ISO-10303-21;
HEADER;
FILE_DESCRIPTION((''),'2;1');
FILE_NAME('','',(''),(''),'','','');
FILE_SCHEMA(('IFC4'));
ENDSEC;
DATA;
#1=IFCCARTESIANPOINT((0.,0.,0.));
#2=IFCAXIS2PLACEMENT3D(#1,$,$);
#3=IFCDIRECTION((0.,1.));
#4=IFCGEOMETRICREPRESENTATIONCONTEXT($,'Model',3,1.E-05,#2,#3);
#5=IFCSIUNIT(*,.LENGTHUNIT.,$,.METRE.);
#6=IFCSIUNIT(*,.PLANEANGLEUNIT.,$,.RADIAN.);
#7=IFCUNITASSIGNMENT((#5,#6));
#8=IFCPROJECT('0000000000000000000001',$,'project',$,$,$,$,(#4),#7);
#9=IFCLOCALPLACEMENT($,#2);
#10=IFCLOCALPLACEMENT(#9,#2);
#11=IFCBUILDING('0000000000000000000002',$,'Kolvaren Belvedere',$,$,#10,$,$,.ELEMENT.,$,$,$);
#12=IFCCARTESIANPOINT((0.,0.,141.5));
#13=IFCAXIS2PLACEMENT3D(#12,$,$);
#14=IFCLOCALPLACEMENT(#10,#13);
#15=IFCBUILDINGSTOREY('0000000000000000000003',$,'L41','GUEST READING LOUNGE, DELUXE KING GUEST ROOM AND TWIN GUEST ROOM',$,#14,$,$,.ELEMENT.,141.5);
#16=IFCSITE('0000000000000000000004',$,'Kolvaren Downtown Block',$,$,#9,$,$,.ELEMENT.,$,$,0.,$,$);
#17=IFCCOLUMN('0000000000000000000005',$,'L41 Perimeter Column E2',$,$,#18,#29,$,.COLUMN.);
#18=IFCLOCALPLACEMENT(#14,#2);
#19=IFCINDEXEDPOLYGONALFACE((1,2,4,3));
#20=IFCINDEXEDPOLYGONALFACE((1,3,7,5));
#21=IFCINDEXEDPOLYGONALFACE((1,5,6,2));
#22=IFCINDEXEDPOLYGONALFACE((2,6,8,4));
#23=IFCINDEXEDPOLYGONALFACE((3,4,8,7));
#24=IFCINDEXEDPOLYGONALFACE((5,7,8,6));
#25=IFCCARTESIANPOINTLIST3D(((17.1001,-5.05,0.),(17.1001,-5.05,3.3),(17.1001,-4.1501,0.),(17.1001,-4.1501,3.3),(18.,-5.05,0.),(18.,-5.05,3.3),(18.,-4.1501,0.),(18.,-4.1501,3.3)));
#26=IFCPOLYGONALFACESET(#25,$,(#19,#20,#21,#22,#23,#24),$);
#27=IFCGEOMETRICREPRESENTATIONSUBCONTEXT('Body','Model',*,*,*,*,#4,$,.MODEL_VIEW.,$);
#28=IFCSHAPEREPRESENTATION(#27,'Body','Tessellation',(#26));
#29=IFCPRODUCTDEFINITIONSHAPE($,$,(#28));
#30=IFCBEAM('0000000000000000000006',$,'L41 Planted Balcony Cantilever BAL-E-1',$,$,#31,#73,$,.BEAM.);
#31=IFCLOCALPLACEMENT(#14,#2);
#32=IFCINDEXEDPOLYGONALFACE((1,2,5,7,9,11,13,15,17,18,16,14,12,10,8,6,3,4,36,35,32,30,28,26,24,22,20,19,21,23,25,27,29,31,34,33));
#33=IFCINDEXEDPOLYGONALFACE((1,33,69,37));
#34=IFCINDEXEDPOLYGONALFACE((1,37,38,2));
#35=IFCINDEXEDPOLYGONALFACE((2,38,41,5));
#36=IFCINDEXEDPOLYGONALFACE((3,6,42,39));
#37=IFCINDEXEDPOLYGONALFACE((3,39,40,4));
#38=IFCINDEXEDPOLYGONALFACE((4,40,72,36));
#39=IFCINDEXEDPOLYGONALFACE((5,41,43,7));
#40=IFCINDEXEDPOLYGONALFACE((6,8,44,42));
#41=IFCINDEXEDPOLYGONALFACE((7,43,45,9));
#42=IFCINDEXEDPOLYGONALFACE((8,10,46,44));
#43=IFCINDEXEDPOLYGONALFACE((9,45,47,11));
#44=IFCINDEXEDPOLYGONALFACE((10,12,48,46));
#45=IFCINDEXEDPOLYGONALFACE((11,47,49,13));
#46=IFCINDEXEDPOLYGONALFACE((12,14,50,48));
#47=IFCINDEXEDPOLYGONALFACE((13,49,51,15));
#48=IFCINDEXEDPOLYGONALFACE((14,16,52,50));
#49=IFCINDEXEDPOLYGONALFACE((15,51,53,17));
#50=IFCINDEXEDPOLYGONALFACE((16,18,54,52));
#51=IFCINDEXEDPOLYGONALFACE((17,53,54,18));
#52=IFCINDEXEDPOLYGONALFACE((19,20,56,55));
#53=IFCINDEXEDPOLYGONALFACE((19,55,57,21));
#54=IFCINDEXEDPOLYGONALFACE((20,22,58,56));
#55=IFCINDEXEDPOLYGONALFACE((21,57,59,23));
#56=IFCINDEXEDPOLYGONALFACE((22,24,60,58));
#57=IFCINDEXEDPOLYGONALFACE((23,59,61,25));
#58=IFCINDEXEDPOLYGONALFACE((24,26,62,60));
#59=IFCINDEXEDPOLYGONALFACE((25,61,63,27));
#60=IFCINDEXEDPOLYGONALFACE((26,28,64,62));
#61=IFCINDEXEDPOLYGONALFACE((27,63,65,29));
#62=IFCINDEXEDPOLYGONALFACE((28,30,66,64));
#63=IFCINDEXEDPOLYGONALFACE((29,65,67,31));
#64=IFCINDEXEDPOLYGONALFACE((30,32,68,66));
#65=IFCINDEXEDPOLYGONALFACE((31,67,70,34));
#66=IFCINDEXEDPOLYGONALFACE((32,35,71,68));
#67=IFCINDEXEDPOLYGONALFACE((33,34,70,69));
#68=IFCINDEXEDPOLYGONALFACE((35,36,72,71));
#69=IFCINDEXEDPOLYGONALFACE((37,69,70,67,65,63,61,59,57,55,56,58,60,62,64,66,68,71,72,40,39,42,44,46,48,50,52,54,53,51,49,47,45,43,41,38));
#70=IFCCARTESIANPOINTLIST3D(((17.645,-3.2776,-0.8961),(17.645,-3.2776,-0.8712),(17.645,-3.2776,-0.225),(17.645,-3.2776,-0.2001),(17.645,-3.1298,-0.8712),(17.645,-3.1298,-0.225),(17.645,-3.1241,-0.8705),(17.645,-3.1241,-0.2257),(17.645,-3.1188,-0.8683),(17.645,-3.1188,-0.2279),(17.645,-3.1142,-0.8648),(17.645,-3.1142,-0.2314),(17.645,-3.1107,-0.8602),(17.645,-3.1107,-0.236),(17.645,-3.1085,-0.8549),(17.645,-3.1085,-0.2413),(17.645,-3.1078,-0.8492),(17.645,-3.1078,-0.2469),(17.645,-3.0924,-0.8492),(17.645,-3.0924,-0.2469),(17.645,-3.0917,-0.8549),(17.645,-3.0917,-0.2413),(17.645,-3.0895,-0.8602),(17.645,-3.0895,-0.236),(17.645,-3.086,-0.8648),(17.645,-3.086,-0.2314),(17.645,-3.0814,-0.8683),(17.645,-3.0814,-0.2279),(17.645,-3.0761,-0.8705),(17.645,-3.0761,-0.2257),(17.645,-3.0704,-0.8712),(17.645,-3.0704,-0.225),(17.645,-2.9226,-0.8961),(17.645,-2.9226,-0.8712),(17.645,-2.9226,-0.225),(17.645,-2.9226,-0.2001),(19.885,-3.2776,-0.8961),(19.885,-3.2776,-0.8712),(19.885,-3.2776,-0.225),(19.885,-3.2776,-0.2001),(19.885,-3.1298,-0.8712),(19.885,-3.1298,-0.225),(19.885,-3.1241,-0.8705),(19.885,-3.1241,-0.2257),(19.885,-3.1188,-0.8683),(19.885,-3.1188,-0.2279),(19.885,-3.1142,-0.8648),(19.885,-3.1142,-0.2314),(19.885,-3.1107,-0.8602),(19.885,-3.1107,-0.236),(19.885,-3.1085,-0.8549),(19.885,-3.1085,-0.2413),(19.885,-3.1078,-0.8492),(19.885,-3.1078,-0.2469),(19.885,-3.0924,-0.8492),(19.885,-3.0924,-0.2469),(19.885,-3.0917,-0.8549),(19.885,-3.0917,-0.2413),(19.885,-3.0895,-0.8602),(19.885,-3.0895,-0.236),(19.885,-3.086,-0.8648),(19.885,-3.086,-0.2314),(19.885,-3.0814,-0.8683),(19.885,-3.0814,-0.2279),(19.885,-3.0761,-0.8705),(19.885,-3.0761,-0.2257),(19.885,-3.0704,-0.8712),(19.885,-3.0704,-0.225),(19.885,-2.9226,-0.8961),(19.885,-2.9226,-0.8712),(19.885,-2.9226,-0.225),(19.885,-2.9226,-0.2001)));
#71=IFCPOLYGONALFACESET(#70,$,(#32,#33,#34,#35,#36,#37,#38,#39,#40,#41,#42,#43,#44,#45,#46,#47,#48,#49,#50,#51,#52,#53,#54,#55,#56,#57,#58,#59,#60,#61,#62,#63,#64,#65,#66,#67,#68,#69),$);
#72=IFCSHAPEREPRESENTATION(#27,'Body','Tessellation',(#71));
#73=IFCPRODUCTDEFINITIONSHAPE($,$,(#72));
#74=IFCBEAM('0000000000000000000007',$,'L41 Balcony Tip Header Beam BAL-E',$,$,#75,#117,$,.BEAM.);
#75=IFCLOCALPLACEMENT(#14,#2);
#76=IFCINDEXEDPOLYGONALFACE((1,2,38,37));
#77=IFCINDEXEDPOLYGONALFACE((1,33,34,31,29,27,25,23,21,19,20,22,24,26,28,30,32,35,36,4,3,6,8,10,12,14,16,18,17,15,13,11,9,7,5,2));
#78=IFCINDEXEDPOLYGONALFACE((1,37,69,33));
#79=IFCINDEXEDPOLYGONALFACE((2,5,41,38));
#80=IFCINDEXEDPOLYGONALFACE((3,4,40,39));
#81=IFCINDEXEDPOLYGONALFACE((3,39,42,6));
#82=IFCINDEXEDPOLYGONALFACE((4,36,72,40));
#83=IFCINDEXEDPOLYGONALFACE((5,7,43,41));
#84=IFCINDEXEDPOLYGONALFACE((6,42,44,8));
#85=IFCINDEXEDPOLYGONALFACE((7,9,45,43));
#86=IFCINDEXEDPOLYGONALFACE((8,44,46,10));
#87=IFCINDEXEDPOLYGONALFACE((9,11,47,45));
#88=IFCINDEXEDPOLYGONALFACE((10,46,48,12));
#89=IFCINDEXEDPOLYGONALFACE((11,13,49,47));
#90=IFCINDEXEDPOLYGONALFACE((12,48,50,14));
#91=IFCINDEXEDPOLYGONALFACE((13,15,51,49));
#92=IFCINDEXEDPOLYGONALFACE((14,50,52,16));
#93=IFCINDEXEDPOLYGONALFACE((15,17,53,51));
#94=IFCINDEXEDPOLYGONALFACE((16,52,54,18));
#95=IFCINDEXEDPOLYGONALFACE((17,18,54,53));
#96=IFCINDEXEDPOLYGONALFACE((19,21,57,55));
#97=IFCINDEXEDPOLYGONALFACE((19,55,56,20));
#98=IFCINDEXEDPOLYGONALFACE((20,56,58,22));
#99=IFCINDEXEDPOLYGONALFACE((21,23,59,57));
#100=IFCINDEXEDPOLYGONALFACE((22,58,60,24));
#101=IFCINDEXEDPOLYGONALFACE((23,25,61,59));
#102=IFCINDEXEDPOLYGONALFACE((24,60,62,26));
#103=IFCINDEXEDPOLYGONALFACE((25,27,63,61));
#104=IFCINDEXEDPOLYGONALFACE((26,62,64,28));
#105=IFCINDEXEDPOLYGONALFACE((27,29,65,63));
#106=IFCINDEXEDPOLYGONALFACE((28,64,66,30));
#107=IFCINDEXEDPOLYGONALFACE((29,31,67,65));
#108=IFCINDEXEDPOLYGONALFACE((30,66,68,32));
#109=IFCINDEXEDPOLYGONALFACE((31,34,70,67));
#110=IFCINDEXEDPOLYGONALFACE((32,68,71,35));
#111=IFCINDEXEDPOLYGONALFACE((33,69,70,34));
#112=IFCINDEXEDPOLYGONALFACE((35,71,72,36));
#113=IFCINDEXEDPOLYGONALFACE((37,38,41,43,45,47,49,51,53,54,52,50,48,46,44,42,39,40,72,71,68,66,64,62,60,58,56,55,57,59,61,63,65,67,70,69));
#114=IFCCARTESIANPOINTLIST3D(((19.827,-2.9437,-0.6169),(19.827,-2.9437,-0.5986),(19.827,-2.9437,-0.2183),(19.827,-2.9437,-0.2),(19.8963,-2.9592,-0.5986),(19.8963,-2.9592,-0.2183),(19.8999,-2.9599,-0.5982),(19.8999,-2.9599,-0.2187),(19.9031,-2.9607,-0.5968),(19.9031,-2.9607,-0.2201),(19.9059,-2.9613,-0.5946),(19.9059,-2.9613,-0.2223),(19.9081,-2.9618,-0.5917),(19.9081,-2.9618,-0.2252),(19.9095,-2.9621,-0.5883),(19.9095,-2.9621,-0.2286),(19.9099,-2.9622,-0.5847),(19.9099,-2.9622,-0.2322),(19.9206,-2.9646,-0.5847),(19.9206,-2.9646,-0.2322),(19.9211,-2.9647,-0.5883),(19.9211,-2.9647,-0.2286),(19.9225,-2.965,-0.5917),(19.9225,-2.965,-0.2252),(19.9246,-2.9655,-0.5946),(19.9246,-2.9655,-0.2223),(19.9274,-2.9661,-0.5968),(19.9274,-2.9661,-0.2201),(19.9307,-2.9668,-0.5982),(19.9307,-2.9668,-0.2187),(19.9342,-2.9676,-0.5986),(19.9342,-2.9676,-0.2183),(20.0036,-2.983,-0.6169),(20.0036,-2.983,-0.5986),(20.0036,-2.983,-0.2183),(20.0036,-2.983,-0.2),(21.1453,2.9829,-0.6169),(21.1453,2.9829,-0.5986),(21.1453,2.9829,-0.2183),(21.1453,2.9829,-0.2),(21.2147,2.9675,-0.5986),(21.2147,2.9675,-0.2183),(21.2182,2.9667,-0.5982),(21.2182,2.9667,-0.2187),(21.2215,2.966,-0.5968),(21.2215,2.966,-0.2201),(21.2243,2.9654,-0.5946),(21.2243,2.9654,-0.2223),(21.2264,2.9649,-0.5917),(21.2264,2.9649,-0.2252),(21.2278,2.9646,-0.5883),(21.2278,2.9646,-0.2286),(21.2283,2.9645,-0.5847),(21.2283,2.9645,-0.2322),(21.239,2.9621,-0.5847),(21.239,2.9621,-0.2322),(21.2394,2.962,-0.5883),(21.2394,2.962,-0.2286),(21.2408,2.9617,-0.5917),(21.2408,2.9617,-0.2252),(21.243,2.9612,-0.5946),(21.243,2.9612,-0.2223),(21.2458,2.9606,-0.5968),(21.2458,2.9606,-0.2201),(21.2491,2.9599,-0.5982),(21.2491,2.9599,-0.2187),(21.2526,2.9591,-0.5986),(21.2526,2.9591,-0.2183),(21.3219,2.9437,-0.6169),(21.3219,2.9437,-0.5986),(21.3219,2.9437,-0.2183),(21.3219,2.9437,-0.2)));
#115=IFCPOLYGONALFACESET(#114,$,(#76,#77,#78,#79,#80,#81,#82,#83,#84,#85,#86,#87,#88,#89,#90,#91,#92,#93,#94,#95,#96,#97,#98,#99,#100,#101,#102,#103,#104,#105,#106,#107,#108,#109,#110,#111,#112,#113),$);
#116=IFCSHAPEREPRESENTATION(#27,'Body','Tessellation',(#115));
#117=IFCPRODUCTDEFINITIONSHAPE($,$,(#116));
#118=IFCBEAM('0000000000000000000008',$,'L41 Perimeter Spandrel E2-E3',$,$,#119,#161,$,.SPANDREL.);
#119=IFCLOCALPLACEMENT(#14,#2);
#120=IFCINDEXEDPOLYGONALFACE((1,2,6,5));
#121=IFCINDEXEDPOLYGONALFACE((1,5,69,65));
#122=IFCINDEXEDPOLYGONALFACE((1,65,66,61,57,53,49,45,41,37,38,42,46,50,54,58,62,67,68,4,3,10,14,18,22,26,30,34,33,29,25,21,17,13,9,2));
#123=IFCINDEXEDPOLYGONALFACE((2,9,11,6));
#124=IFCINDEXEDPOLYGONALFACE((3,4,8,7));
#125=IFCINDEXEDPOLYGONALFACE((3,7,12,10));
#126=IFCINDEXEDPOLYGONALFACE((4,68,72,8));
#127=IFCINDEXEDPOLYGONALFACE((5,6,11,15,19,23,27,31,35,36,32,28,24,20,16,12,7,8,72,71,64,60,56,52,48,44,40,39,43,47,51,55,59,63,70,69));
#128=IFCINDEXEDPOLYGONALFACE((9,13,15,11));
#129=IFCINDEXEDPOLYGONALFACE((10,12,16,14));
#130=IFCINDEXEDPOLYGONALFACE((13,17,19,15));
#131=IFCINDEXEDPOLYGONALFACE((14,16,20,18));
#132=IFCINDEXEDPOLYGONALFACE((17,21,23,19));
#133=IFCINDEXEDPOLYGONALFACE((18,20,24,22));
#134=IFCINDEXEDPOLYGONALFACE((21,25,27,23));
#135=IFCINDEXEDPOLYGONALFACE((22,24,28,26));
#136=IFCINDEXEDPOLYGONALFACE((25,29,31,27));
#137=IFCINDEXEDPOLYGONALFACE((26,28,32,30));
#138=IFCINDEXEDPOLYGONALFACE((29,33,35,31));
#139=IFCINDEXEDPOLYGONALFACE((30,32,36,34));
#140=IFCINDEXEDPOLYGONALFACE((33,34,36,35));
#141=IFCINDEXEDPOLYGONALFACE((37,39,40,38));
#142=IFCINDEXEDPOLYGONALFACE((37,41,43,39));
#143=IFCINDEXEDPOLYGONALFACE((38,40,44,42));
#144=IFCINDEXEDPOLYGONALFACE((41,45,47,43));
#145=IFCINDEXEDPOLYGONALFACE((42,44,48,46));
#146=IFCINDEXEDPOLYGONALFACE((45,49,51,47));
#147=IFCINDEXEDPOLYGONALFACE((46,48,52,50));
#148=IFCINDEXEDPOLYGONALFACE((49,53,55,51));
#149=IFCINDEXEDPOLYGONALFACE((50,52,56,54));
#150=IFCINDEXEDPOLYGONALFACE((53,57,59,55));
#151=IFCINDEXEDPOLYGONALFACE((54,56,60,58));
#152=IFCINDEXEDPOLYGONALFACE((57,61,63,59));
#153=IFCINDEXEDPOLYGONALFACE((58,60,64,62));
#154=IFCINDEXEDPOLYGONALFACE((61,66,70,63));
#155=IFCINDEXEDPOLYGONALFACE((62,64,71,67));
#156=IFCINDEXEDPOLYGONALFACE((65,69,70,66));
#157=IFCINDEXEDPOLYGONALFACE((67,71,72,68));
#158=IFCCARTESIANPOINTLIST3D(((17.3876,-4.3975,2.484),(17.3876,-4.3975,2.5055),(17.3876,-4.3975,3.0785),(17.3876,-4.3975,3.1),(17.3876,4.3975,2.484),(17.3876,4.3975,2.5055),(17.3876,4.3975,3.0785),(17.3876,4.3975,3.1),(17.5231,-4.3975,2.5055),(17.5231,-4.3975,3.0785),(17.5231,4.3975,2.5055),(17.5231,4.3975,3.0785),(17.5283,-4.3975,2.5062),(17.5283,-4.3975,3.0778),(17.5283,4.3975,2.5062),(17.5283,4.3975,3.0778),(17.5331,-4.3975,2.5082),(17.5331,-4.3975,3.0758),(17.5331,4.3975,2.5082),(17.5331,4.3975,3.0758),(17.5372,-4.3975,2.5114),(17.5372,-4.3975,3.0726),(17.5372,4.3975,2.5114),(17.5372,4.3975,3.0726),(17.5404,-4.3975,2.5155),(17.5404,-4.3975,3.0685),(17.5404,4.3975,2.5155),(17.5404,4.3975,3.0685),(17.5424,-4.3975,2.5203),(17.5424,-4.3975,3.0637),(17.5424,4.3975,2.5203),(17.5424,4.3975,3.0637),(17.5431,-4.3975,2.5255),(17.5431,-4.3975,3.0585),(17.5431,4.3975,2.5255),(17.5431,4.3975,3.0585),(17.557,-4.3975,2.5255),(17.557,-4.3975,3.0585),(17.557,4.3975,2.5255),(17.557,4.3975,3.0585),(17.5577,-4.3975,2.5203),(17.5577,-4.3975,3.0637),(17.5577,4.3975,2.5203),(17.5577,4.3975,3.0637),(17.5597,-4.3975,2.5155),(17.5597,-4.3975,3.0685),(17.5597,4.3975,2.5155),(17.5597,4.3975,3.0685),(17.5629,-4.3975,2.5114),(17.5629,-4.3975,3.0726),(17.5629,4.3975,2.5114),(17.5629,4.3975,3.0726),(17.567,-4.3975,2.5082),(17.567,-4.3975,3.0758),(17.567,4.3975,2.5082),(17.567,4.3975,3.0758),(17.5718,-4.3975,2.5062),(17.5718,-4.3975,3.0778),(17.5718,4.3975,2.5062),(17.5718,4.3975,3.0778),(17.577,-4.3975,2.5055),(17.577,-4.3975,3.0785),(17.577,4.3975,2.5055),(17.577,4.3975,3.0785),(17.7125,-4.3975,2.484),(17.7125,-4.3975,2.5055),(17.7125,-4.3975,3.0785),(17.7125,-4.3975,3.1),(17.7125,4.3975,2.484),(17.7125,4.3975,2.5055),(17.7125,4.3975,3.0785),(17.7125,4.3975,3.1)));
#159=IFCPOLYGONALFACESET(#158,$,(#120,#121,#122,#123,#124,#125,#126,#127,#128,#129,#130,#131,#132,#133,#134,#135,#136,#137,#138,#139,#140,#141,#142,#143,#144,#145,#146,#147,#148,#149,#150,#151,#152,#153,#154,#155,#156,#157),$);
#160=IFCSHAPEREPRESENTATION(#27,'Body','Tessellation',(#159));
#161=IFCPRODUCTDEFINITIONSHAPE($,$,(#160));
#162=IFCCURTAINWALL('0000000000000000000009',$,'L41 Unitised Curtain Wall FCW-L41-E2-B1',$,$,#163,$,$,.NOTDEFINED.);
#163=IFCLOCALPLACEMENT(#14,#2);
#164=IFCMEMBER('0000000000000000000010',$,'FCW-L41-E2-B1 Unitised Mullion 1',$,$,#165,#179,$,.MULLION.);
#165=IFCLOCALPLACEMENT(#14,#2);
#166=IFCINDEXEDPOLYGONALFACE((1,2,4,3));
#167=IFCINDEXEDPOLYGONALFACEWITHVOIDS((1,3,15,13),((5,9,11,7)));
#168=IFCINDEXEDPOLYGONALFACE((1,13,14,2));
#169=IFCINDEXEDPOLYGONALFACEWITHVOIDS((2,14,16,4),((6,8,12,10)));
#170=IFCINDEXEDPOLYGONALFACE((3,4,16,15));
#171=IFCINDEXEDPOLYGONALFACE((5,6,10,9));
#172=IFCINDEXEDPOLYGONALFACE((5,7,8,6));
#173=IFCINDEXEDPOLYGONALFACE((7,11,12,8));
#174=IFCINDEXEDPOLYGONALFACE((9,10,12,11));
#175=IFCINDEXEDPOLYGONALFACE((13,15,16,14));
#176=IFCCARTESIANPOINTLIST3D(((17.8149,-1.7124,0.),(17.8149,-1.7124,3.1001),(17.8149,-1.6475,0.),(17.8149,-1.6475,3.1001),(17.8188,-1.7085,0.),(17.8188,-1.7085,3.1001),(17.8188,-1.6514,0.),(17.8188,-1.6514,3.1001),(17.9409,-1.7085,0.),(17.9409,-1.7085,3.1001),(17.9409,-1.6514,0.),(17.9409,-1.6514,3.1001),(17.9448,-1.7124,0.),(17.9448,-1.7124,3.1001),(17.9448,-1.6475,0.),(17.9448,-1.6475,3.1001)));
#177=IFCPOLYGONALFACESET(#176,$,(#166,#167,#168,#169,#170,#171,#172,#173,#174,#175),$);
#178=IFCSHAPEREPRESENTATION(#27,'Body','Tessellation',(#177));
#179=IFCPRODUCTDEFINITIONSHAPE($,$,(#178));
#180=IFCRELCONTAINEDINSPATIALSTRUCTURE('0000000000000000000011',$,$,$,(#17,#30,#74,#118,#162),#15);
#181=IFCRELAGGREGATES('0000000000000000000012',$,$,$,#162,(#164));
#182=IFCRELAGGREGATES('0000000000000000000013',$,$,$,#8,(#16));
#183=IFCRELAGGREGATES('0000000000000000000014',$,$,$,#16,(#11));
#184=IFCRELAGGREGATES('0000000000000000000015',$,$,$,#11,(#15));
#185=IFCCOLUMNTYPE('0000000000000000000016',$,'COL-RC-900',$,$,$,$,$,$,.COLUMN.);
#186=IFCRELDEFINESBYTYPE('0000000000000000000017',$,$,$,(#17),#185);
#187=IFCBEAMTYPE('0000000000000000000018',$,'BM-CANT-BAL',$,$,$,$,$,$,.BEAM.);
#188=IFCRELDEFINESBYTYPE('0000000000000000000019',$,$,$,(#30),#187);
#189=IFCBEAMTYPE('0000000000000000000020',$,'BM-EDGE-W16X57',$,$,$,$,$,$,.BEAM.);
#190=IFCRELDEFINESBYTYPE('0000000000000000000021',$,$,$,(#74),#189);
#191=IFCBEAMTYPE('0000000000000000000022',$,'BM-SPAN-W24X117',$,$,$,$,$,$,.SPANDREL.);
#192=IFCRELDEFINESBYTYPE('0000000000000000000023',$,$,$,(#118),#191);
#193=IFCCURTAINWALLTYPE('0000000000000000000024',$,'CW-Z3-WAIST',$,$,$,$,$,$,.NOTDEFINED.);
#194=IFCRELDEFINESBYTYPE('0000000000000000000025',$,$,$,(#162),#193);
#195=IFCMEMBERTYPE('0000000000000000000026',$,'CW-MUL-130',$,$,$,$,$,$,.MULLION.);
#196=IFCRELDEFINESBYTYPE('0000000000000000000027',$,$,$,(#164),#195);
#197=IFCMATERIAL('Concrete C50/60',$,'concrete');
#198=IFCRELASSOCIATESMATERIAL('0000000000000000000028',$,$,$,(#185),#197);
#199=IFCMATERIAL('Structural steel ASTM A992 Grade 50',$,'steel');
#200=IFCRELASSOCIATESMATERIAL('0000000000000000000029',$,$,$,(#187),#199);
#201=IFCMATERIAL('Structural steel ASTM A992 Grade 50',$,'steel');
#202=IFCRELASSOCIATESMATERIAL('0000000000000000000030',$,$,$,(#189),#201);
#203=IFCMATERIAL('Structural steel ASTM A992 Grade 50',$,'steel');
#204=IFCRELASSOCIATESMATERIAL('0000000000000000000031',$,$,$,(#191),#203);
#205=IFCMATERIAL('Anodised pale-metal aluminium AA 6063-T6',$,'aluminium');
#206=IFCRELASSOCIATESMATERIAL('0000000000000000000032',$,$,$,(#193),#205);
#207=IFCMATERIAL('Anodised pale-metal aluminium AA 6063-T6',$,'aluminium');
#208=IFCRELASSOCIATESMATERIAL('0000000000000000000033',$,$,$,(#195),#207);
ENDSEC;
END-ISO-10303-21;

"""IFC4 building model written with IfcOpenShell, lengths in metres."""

from ifc_helpers import new_model, si_unit, direction, frame, origin, origin_2d, place, context, subcontext, project, spatial, rectangle, hollow_rectangle, i_section, extrude, material, material_profile, profile_set, type_object, element, aggregate, save


model = new_model("IFC4")

# Units and contexts
model_context = context("Model", 3, precision=1e-05, world=origin(), true_north=direction((0.0, 1.0)))
body_context = subcontext(model_context, "Body", "Model", "MODEL_VIEW")
ifc_project = project(units=[si_unit("LENGTHUNIT", "METRE"), si_unit("PLANEANGLEUNIT", "RADIAN")], contexts=[model_context])

# Site, building, storey
site_placement = place(None, origin())
site = spatial("IfcSite", under=ifc_project, at=site_placement, Name="Kolvaren Downtown Block", CompositionType="ELEMENT", RefElevation=0.0)
building_placement = place(site_placement, origin())
building = spatial("IfcBuilding", under=site, at=building_placement, Name="Kolvaren Belvedere", CompositionType="ELEMENT")
storey_placement = place(building_placement, frame((0.0, 0.0, 141.5)))
storey = spatial("IfcBuildingStorey", under=building, at=storey_placement, Name="L41", Description="GUEST READING LOUNGE, DELUXE KING GUEST ROOM AND TWIN GUEST ROOM", CompositionType="ELEMENT", Elevation=141.5)

# Column
ifc_material_1 = material(Name="Concrete C50/60", Category="concrete")
ifc_material_profile_1 = material_profile(ifc_material_1, rectangle(XDim=0.8999, YDim=0.8999, at=origin_2d()), Name="RC 900X900")
ifc_profile_set_1 = profile_set([ifc_material_profile_1], Name="Concrete C50/60")
column_type = type_object("IfcColumnType", Name="COL-RC-900", PredefinedType="COLUMN", material=ifc_profile_set_1)
column_placement = place(storey_placement, frame((17.55, -4.6001, 0.0), z_axis=(0.0, 0.0, 1.0), x_axis=(1.0, 0.0, 0.0)))
element("IfcColumn", 1, at=column_placement, inside=storey, type_object=column_type, Name="L41 Perimeter Column E2", PredefinedType="COLUMN", context=body_context, shape_type="SweptSolid", body=[
    extrude(rectangle(XDim=0.8999, YDim=0.8999, at=origin_2d()), origin(), (0.0, 0.0, 1.0), 3.3),
])

# Beams
ifc_material_2 = material(Name="Structural steel ASTM A992 Grade 50", Category="steel")
ifc_material_profile_2 = material_profile(ifc_material_2, i_section(OverallWidth=0.355, OverallDepth=0.696, WebThickness=0.0154, FlangeThickness=0.0249, FilletRadius=0.022, at=origin_2d()), Name="W27X146")
ifc_profile_set_2 = profile_set([ifc_material_profile_2], Name="Structural steel ASTM A992 Grade 50")
beam_type_1 = type_object("IfcBeamType", Name="BM-CANT-BAL", PredefinedType="BEAM", material=ifc_profile_set_2)
beam_1_placement = place(storey_placement, frame((17.645, -3.1001, -0.5481), z_axis=(1.0, 0.0, 0.0), x_axis=(0.0, 1.0, 0.0)))
element("IfcBeam", 2, at=beam_1_placement, inside=storey, type_object=beam_type_1, Name="L41 Planted Balcony Cantilever BAL-E-1", PredefinedType="BEAM", context=body_context, shape_type="SweptSolid", body=[
    extrude(i_section(OverallWidth=0.355, OverallDepth=0.696, WebThickness=0.0154, FlangeThickness=0.0249, FilletRadius=0.022, at=origin_2d()), origin(), (0.0, 0.0, 1.0), 2.24),
])
ifc_material_3 = material(Name="Structural steel ASTM A992 Grade 50", Category="steel")
ifc_material_profile_3 = material_profile(ifc_material_3, i_section(OverallWidth=0.1809, OverallDepth=0.417, WebThickness=0.011, FlangeThickness=0.0183, FilletRadius=0.0139, at=origin_2d()), Name="W16X57")
ifc_profile_set_3 = profile_set([ifc_material_profile_3], Name="Structural steel ASTM A992 Grade 50")
beam_type_2 = type_object("IfcBeamType", Name="BM-EDGE-W16X57", PredefinedType="BEAM", material=ifc_profile_set_3)
beam_2_placement = place(storey_placement, frame((19.9153, -2.9634, -0.4084), z_axis=(0.217135, 0.976142, 0.0), x_axis=(-0.976142, 0.217135, 0.0)))
element("IfcBeam", 3, at=beam_2_placement, inside=storey, type_object=beam_type_2, Name="L41 Balcony Tip Header Beam BAL-E", PredefinedType="BEAM", context=body_context, shape_type="SweptSolid", body=[
    extrude(i_section(OverallWidth=0.1809, OverallDepth=0.417, WebThickness=0.011, FlangeThickness=0.0183, FilletRadius=0.0139, at=origin_2d()), origin(), (0.0, 0.0, 1.0), 6.0715),
])
ifc_material_4 = material(Name="Structural steel ASTM A992 Grade 50", Category="steel")
ifc_material_profile_4 = material_profile(ifc_material_4, i_section(OverallWidth=0.325, OverallDepth=0.616, WebThickness=0.0139, FlangeThickness=0.0215, FilletRadius=0.02, at=origin_2d()), Name="W24X117")
ifc_profile_set_4 = profile_set([ifc_material_profile_4], Name="Structural steel ASTM A992 Grade 50")
beam_type_3 = type_object("IfcBeamType", Name="BM-SPAN-W24X117", PredefinedType="SPANDREL", material=ifc_profile_set_4)
beam_3_placement = place(storey_placement, frame((17.55, -4.3975, 2.792), z_axis=(0.0, 1.0, 0.0), x_axis=(-1.0, 0.0, 0.0)))
element("IfcBeam", 4, at=beam_3_placement, inside=storey, type_object=beam_type_3, Name="L41 Perimeter Spandrel E2-E3", PredefinedType="SPANDREL", context=body_context, shape_type="SweptSolid", body=[
    extrude(i_section(OverallWidth=0.325, OverallDepth=0.616, WebThickness=0.0139, FlangeThickness=0.0215, FilletRadius=0.02, at=origin_2d()), origin(), (0.0, 0.0, 1.0), 8.7949),
])

# Curtain wall, member
ifc_material_5 = material(Name="Anodised pale-metal aluminium AA 6063-T6", Category="aluminium")
curtain_wall_type = type_object("IfcCurtainWallType", Name="CW-Z3-WAIST", PredefinedType="NOTDEFINED", material=ifc_material_5)
curtain_wall_1_placement = place(storey_placement, origin())
curtain_wall_1 = element("IfcCurtainWall", 5, at=curtain_wall_1_placement, inside=storey, type_object=curtain_wall_type, Name="L41 Unitised Curtain Wall FCW-L41-E2-B1", PredefinedType="NOTDEFINED")
ifc_material_6 = material(Name="Anodised pale-metal aluminium AA 6063-T6", Category="aluminium")
ifc_material_profile_5 = material_profile(ifc_material_6, hollow_rectangle(XDim=0.0649, YDim=0.1299, WallThickness=0.0039, at=origin_2d()), Name="ALU-MUL-130X65")
ifc_profile_set_5 = profile_set([ifc_material_profile_5], Name="Anodised pale-metal aluminium AA 6063-T6")
member_type_1 = type_object("IfcMemberType", Name="CW-MUL-130", PredefinedType="MULLION", material=ifc_profile_set_5)
member_1_placement = place(storey_placement, frame((17.8799, -1.6799, 0.0), z_axis=(0.0, 0.0, 1.0), x_axis=(0.0, 1.0, 0.0)))
member_1 = element("IfcMember", 6, at=member_1_placement, type_object=member_type_1, Name="FCW-L41-E2-B1 Unitised Mullion 1", PredefinedType="MULLION", context=body_context, shape_type="SweptSolid", body=[
    extrude(hollow_rectangle(XDim=0.0649, YDim=0.1299, WallThickness=0.0039, at=origin_2d()), origin(), (0.0, 0.0, 1.0), 3.1001),
])

aggregate(curtain_wall_1, [member_1])

save(model, "model.ifc")
